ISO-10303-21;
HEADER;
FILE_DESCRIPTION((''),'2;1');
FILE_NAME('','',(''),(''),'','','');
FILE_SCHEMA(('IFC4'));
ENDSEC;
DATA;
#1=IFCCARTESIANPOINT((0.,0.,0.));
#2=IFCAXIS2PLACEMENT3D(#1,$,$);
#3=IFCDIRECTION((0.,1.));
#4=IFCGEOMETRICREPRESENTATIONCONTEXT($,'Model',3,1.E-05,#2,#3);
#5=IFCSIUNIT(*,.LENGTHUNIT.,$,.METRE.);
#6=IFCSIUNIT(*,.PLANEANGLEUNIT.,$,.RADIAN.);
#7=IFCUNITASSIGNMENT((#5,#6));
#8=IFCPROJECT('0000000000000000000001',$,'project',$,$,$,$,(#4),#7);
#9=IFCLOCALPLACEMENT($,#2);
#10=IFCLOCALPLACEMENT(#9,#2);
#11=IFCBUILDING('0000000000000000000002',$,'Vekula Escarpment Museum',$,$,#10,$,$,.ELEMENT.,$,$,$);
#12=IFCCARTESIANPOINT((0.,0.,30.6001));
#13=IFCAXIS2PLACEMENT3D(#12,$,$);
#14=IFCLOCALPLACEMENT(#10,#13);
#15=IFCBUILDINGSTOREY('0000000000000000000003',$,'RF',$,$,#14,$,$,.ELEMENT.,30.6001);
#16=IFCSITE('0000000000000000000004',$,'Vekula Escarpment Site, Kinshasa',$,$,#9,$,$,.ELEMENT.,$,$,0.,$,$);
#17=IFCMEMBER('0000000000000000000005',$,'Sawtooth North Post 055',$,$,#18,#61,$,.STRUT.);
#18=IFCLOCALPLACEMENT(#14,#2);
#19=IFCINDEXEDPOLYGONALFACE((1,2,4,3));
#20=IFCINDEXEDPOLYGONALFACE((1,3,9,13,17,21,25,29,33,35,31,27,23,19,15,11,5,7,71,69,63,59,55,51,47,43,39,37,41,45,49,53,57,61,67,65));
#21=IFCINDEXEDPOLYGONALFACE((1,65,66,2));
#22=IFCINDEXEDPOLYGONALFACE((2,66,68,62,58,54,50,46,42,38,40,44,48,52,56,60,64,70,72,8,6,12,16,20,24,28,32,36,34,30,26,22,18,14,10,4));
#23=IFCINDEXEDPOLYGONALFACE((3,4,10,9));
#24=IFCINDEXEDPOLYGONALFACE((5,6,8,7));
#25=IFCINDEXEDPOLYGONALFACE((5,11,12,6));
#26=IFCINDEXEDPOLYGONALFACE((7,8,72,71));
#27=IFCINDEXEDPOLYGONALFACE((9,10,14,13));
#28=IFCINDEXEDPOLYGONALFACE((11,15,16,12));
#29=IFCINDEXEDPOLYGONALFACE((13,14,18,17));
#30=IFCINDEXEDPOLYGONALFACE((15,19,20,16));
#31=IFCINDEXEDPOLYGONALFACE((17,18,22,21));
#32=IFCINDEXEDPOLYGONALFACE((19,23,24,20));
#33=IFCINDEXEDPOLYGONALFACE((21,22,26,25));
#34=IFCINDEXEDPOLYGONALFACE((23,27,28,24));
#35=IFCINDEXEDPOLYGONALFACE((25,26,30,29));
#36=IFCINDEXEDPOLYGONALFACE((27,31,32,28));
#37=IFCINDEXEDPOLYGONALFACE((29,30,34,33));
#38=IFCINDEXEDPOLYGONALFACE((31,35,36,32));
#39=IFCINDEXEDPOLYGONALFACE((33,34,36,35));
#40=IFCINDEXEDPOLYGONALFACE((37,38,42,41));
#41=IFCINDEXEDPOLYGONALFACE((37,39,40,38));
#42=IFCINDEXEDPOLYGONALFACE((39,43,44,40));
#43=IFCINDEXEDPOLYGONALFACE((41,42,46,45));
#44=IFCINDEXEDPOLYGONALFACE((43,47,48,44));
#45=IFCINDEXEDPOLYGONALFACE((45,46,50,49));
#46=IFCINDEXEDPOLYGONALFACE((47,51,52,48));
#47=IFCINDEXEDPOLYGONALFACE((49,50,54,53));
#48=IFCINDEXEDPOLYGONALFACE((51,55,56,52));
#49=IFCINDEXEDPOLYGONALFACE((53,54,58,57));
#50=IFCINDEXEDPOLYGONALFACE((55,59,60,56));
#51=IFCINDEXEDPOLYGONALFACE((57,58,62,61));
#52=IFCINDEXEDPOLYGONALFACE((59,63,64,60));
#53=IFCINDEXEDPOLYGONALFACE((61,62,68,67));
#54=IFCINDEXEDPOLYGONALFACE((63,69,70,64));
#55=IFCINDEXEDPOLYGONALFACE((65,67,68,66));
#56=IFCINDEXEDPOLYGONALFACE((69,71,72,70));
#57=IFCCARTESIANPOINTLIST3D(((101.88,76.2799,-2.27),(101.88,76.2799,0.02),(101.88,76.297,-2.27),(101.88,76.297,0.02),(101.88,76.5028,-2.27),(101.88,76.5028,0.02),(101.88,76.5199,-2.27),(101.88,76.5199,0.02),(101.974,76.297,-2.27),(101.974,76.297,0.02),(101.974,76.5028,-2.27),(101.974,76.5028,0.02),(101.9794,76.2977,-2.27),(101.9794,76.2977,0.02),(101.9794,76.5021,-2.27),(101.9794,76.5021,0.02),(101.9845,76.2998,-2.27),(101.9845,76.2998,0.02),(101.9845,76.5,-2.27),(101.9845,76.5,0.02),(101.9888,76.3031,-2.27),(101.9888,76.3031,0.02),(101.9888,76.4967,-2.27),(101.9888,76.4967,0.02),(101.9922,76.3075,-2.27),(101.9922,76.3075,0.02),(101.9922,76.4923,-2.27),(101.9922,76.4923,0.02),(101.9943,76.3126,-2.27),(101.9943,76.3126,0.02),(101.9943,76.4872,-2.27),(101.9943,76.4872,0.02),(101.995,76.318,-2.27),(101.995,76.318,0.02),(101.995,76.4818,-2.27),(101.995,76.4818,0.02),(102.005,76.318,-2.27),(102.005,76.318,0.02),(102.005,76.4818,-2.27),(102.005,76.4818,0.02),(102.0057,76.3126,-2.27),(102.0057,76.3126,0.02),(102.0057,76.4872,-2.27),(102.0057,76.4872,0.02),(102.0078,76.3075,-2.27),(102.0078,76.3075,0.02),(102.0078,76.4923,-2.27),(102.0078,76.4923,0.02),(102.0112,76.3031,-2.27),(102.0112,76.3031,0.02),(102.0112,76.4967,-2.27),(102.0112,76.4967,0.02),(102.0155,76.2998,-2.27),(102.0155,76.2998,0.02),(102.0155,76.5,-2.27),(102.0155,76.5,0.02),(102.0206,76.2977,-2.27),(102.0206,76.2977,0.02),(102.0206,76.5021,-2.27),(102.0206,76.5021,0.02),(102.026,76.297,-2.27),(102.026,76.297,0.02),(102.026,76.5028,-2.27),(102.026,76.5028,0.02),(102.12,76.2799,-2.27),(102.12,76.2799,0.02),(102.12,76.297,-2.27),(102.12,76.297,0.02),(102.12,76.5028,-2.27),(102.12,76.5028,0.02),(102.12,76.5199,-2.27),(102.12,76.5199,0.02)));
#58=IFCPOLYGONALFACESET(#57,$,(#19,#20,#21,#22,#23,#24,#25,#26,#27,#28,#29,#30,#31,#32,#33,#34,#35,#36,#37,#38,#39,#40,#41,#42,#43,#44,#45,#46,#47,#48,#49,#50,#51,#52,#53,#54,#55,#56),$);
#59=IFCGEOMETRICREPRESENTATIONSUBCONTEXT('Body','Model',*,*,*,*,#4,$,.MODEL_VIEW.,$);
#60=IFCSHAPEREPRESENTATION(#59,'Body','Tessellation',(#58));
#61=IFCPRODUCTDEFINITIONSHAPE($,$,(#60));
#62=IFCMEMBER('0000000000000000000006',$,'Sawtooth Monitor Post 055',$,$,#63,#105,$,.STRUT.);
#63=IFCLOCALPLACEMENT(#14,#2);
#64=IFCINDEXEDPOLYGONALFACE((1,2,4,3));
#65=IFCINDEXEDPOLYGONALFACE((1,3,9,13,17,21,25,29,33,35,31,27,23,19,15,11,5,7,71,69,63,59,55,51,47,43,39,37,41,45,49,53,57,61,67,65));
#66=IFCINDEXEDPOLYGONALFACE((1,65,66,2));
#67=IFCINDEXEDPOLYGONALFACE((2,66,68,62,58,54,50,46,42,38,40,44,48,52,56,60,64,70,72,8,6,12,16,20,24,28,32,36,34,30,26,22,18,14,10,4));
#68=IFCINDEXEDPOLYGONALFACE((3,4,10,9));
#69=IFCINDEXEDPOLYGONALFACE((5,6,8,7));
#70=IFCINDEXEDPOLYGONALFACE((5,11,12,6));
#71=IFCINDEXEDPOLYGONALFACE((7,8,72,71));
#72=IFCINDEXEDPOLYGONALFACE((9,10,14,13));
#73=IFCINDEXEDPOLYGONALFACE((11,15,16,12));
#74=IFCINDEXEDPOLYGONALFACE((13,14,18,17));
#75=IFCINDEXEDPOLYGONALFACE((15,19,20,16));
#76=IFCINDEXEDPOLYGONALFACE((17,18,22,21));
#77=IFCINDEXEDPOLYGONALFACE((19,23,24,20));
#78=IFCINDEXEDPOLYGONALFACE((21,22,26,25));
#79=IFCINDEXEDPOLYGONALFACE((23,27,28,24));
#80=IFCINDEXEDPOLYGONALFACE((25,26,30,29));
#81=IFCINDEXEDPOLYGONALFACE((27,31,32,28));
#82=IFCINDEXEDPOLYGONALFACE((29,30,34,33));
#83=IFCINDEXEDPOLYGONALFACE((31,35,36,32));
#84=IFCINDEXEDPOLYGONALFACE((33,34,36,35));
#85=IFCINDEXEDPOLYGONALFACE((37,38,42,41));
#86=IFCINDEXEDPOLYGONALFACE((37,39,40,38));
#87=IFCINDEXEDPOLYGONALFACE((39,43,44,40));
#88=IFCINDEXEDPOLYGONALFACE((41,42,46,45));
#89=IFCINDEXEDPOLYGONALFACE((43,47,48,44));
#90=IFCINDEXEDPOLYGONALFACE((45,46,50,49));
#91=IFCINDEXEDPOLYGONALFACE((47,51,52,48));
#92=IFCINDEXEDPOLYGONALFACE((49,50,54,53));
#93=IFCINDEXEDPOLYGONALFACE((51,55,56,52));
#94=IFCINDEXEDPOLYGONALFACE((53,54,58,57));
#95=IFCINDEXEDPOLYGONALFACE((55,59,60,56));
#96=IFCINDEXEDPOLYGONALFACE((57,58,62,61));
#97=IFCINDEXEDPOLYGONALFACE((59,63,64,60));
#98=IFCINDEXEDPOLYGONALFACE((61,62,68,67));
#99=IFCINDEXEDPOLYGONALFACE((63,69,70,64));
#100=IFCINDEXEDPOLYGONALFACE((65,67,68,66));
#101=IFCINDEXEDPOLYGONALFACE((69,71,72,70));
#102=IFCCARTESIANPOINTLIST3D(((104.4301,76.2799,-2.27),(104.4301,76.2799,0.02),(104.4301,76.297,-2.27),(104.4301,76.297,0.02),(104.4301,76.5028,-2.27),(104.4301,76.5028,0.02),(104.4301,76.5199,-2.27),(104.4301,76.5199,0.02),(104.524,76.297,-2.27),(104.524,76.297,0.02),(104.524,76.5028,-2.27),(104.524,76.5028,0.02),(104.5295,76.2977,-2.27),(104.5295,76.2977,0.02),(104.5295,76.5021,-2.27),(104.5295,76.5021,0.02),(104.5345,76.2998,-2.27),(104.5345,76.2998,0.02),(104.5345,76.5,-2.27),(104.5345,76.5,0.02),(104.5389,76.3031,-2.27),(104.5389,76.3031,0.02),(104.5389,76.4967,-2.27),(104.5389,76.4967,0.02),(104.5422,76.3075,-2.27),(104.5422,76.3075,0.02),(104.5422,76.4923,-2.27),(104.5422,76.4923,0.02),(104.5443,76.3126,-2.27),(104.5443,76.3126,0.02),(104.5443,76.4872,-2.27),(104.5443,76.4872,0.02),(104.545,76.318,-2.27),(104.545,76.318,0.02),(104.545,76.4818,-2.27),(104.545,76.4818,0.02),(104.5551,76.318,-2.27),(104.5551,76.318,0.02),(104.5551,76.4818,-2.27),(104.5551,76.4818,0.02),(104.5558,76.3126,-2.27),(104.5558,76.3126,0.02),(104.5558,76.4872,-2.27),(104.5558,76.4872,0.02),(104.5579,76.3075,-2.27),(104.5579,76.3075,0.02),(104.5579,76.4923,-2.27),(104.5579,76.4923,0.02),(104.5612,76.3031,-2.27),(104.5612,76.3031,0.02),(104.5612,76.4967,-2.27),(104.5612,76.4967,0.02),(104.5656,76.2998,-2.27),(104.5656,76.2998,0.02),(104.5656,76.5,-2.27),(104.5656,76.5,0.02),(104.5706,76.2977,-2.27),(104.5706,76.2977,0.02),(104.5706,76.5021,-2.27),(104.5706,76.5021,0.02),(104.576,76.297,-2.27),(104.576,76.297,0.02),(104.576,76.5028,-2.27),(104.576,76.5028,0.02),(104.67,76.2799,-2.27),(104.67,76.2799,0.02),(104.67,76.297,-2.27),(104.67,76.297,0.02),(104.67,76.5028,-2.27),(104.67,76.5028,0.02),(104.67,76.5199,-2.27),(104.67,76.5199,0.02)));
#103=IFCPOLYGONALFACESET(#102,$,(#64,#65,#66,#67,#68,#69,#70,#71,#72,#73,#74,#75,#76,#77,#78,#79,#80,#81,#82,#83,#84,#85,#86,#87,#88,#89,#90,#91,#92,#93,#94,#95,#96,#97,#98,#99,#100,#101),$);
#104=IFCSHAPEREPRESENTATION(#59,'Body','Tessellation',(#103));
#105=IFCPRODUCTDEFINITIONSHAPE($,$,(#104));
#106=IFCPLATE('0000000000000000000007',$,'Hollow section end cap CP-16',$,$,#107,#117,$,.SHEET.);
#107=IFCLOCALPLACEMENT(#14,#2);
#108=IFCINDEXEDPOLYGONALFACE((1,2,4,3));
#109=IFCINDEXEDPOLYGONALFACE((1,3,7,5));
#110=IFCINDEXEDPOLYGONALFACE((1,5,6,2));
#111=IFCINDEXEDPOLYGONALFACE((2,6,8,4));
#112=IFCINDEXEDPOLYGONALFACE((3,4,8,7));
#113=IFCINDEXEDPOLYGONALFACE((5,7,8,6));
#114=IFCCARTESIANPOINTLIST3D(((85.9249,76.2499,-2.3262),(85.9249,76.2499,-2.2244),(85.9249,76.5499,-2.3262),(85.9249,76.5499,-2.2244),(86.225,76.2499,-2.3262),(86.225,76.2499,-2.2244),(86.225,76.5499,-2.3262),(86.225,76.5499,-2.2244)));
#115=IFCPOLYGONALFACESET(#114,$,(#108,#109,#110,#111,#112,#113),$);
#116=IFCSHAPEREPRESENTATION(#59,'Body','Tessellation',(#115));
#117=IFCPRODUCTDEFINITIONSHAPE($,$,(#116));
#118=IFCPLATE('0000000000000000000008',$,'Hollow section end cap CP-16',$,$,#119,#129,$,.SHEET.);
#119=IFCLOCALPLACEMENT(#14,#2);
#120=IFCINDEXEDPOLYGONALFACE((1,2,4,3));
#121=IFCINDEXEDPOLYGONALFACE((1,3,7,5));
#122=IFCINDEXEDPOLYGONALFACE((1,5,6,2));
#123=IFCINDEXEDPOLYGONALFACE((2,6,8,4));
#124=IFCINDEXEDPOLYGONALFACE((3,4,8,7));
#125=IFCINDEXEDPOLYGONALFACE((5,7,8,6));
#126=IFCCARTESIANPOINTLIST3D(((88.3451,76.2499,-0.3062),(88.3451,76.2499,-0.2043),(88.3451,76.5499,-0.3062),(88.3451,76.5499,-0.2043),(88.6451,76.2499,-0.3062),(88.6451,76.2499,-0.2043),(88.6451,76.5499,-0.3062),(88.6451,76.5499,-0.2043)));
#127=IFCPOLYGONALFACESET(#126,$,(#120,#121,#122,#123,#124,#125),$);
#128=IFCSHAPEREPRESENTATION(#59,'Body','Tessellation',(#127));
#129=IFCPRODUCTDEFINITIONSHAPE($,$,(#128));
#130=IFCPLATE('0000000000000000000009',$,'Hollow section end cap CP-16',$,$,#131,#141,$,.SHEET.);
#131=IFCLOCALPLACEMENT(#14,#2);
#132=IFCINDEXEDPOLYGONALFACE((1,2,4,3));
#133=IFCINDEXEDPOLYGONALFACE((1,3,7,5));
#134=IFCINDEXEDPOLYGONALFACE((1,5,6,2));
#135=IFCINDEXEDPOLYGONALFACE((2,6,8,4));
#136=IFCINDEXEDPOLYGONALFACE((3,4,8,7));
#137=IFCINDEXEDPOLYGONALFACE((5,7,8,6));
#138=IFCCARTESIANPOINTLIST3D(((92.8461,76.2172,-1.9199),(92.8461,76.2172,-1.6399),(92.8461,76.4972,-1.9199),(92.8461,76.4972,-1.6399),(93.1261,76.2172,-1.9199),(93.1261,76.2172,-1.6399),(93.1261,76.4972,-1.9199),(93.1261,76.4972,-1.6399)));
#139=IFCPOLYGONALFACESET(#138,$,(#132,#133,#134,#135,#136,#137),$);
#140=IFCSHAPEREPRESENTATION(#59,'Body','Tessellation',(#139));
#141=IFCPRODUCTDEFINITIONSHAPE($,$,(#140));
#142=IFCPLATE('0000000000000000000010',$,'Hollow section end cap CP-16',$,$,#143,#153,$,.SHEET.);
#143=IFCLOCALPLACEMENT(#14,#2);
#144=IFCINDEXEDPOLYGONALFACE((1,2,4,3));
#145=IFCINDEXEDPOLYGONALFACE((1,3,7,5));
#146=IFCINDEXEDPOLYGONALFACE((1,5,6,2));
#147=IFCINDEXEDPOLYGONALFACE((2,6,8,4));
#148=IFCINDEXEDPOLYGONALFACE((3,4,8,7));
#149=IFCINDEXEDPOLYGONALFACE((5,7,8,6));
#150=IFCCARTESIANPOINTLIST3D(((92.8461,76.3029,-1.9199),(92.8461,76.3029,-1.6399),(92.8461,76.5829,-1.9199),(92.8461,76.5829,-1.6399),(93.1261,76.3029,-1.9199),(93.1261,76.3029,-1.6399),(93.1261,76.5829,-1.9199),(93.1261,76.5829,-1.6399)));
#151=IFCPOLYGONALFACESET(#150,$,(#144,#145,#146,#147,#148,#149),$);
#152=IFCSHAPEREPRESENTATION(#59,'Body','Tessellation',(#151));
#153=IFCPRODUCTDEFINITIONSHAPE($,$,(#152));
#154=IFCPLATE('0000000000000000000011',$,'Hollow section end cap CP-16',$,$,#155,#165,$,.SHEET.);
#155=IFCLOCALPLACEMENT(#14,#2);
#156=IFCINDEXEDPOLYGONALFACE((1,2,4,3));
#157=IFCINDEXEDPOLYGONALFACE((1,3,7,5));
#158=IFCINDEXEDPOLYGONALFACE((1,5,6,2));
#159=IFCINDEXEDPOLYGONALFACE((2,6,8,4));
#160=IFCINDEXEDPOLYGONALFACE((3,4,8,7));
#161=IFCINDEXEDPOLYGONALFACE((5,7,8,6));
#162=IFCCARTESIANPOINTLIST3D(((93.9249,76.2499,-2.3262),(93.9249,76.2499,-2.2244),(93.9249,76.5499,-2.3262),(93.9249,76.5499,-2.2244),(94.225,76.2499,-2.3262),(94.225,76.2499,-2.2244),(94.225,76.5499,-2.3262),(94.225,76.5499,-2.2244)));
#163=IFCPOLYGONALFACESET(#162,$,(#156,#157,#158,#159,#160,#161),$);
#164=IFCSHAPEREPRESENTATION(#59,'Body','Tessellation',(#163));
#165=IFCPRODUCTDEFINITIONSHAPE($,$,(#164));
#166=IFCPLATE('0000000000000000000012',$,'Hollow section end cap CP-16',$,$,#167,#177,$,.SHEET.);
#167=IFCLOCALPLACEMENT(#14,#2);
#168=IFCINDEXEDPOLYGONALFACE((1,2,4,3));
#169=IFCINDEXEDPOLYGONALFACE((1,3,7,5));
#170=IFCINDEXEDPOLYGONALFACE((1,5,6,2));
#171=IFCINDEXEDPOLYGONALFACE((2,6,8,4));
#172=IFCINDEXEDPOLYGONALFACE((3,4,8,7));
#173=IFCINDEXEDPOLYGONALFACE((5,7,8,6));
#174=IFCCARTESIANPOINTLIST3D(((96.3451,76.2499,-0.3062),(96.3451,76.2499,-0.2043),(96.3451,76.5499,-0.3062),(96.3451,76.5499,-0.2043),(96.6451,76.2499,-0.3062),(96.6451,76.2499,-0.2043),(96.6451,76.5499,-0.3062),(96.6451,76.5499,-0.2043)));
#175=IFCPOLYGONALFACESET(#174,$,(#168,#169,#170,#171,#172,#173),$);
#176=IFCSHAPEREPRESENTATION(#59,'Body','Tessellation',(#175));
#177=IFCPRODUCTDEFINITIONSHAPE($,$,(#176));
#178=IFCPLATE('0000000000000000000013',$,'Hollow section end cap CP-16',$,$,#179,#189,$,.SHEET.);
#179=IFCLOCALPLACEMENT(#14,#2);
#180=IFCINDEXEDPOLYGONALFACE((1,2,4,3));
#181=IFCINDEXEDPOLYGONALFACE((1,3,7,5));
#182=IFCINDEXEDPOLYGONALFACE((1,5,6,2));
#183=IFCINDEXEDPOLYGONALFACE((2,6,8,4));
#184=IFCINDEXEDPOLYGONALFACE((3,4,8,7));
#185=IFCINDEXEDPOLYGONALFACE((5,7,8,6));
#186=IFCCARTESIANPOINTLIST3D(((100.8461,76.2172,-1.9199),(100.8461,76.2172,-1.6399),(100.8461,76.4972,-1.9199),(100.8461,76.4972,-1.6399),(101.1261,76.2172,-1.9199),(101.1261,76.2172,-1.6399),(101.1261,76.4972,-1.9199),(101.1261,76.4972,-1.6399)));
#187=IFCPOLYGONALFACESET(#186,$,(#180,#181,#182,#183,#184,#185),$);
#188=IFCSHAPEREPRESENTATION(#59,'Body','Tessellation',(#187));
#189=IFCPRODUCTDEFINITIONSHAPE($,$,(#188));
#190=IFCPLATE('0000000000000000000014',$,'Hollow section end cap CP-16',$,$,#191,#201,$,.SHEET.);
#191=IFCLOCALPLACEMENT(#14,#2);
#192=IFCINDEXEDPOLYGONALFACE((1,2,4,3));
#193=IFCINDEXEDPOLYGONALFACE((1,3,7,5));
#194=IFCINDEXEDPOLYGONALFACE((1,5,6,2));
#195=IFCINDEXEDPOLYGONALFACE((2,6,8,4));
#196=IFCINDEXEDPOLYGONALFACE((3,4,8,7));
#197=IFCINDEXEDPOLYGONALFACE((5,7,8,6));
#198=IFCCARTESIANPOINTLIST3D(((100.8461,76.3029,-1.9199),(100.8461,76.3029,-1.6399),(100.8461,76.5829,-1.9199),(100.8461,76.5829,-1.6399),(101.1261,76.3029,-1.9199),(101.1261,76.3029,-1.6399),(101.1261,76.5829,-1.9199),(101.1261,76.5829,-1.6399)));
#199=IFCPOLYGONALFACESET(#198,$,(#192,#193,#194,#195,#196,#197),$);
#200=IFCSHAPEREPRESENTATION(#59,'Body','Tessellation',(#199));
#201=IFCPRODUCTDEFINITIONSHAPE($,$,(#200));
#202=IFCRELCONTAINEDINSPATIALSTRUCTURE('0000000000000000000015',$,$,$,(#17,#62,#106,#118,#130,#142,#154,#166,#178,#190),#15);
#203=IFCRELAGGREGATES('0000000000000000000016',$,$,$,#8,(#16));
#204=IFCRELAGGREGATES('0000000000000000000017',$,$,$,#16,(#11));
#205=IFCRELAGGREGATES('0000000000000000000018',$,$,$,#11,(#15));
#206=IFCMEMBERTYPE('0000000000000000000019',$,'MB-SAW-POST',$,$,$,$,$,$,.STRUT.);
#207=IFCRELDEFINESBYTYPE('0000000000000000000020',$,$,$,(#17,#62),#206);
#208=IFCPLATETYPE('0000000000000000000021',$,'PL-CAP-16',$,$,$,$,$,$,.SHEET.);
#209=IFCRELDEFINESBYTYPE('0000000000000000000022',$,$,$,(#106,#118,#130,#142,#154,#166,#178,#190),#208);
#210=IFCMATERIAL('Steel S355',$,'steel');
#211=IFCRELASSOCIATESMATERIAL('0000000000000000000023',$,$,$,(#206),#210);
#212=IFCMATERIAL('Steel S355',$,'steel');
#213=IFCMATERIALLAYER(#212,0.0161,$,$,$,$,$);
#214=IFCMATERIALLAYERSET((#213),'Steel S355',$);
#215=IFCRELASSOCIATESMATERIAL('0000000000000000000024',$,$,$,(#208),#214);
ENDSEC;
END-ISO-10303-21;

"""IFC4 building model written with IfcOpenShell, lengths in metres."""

from ifc_helpers import new_model, si_unit, direction, frame, origin, origin_2d, place, context, subcontext, project, spatial, rectangle, i_section, extrude, material, layer, layer_set, material_profile, profile_set, type_object, element, save


model = new_model("IFC4")

# Units and contexts
model_context = context("Model", 3, precision=1e-05, world=origin(), true_north=direction((0.0, 1.0)))
body_context = subcontext(model_context, "Body", "Model", "MODEL_VIEW")
ifc_project = project(units=[si_unit("LENGTHUNIT", "METRE"), si_unit("PLANEANGLEUNIT", "RADIAN")], contexts=[model_context])

# Site, building, storey
site_placement = place(None, origin())
site = spatial("IfcSite", under=ifc_project, at=site_placement, Name="Vekula Escarpment Site, Kinshasa", CompositionType="ELEMENT", RefElevation=0.0)
building_placement = place(site_placement, origin())
building = spatial("IfcBuilding", under=site, at=building_placement, Name="Vekula Escarpment Museum", CompositionType="ELEMENT")
storey_placement = place(building_placement, frame((0.0, 0.0, 30.6001)))
storey = spatial("IfcBuildingStorey", under=building, at=storey_placement, Name="RF", CompositionType="ELEMENT", Elevation=30.6001)

# Members
ifc_material_1 = material(Name="Steel S355", Category="steel")
ifc_material_profile_1 = material_profile(ifc_material_1, i_section(OverallWidth=0.24, OverallDepth=0.24, WebThickness=0.01, FlangeThickness=0.0171, FilletRadius=0.021, at=origin_2d()), Name="HEB 240")
ifc_profile_set_1 = profile_set([ifc_material_profile_1], Name="Steel S355")
member_type_1 = type_object("IfcMemberType", Name="MB-SAW-POST", PredefinedType="STRUT", material=ifc_profile_set_1)
for number, where, z_axis, x_axis, name in (
    (1, (102.0, 76.3999, -2.27), (0.0, 0.0, 1.0), (1.0, 0.0, 0.0), "Sawtooth North Post 055"),
    (2, (104.55, 76.3999, -2.27), (0.0, 0.0, 1.0), (1.0, 0.0, 0.0), "Sawtooth Monitor Post 055"),
):
    element("IfcMember", number, at=place(storey_placement, frame(where, z_axis=z_axis, x_axis=x_axis)), inside=storey, type_object=member_type_1, Name=name, PredefinedType="STRUT", context=body_context, shape_type="SweptSolid", body=[
        extrude(i_section(OverallWidth=0.24, OverallDepth=0.24, WebThickness=0.01, FlangeThickness=0.0171, FilletRadius=0.021, at=origin_2d()), origin(), (0.0, 0.0, 1.0), 2.29),
    ])

# Plates
ifc_material_2 = material(Name="Steel S355", Category="steel")
ifc_layer = layer(ifc_material_2, 0.0161)
ifc_layer_set = layer_set([ifc_layer], Name="Steel S355")
plate_type = type_object("IfcPlateType", Name="PL-CAP-16", PredefinedType="SHEET", material=ifc_layer_set)
for number, where, z_axis, x_axis, name in (
    (3, (86.075, 76.3999, -2.3262), (0.0, 0.0, 1.0), (1.0, 0.0, 0.0), "Hollow section end cap CP-16"),
    (4, (88.4951, 76.3999, -0.3062), (0.0, 0.0, 1.0), (1.0, 0.0, 0.0), "Hollow section end cap CP-16"),
):
    element("IfcPlate", number, at=place(storey_placement, frame(where, z_axis=z_axis, x_axis=x_axis)), inside=storey, type_object=plate_type, Name=name, PredefinedType="SHEET", context=body_context, shape_type="SweptSolid", body=[
        extrude(rectangle(XDim=0.3, YDim=0.3, at=origin_2d()), origin(), (0.0, 0.0, 1.0), 0.1018),
    ])
for number, where, z_axis, x_axis, name in (
    (5, (92.9861, 76.3572, -1.9199), (0.0, 0.0, 1.0), (1.0, 0.0, 0.0), "Hollow section end cap CP-16"),
    (6, (92.9861, 76.4429, -1.9199), (0.0, 0.0, 1.0), (1.0, 0.0, 0.0), "Hollow section end cap CP-16"),
):
    element("IfcPlate", number, at=place(storey_placement, frame(where, z_axis=z_axis, x_axis=x_axis)), inside=storey, type_object=plate_type, Name=name, PredefinedType="SHEET", context=body_context, shape_type="SweptSolid", body=[
        extrude(rectangle(XDim=0.28, YDim=0.28, at=origin_2d()), origin(), (0.0, 0.0, 1.0), 0.28),
    ])
for number, where, z_axis, x_axis, name in (
    (7, (94.075, 76.3999, -2.3262), (0.0, 0.0, 1.0), (1.0, 0.0, 0.0), "Hollow section end cap CP-16"),
    (8, (96.4951, 76.3999, -0.3062), (0.0, 0.0, 1.0), (1.0, 0.0, 0.0), "Hollow section end cap CP-16"),
):
    element("IfcPlate", number, at=place(storey_placement, frame(where, z_axis=z_axis, x_axis=x_axis)), inside=storey, type_object=plate_type, Name=name, PredefinedType="SHEET", context=body_context, shape_type="SweptSolid", body=[
        extrude(rectangle(XDim=0.3, YDim=0.3, at=origin_2d()), origin(), (0.0, 0.0, 1.0), 0.1018),
    ])
for number, where, z_axis, x_axis, name in (
    (9, (100.9861, 76.3572, -1.9199), (0.0, 0.0, 1.0), (1.0, 0.0, 0.0), "Hollow section end cap CP-16"),
    (10, (100.9861, 76.4429, -1.9199), (0.0, 0.0, 1.0), (1.0, 0.0, 0.0), "Hollow section end cap CP-16"),
):
    element("IfcPlate", number, at=place(storey_placement, frame(where, z_axis=z_axis, x_axis=x_axis)), inside=storey, type_object=plate_type, Name=name, PredefinedType="SHEET", context=body_context, shape_type="SweptSolid", body=[
        extrude(rectangle(XDim=0.28, YDim=0.28, at=origin_2d()), origin(), (0.0, 0.0, 1.0), 0.28),
    ])

save(model, "model.ifc")
